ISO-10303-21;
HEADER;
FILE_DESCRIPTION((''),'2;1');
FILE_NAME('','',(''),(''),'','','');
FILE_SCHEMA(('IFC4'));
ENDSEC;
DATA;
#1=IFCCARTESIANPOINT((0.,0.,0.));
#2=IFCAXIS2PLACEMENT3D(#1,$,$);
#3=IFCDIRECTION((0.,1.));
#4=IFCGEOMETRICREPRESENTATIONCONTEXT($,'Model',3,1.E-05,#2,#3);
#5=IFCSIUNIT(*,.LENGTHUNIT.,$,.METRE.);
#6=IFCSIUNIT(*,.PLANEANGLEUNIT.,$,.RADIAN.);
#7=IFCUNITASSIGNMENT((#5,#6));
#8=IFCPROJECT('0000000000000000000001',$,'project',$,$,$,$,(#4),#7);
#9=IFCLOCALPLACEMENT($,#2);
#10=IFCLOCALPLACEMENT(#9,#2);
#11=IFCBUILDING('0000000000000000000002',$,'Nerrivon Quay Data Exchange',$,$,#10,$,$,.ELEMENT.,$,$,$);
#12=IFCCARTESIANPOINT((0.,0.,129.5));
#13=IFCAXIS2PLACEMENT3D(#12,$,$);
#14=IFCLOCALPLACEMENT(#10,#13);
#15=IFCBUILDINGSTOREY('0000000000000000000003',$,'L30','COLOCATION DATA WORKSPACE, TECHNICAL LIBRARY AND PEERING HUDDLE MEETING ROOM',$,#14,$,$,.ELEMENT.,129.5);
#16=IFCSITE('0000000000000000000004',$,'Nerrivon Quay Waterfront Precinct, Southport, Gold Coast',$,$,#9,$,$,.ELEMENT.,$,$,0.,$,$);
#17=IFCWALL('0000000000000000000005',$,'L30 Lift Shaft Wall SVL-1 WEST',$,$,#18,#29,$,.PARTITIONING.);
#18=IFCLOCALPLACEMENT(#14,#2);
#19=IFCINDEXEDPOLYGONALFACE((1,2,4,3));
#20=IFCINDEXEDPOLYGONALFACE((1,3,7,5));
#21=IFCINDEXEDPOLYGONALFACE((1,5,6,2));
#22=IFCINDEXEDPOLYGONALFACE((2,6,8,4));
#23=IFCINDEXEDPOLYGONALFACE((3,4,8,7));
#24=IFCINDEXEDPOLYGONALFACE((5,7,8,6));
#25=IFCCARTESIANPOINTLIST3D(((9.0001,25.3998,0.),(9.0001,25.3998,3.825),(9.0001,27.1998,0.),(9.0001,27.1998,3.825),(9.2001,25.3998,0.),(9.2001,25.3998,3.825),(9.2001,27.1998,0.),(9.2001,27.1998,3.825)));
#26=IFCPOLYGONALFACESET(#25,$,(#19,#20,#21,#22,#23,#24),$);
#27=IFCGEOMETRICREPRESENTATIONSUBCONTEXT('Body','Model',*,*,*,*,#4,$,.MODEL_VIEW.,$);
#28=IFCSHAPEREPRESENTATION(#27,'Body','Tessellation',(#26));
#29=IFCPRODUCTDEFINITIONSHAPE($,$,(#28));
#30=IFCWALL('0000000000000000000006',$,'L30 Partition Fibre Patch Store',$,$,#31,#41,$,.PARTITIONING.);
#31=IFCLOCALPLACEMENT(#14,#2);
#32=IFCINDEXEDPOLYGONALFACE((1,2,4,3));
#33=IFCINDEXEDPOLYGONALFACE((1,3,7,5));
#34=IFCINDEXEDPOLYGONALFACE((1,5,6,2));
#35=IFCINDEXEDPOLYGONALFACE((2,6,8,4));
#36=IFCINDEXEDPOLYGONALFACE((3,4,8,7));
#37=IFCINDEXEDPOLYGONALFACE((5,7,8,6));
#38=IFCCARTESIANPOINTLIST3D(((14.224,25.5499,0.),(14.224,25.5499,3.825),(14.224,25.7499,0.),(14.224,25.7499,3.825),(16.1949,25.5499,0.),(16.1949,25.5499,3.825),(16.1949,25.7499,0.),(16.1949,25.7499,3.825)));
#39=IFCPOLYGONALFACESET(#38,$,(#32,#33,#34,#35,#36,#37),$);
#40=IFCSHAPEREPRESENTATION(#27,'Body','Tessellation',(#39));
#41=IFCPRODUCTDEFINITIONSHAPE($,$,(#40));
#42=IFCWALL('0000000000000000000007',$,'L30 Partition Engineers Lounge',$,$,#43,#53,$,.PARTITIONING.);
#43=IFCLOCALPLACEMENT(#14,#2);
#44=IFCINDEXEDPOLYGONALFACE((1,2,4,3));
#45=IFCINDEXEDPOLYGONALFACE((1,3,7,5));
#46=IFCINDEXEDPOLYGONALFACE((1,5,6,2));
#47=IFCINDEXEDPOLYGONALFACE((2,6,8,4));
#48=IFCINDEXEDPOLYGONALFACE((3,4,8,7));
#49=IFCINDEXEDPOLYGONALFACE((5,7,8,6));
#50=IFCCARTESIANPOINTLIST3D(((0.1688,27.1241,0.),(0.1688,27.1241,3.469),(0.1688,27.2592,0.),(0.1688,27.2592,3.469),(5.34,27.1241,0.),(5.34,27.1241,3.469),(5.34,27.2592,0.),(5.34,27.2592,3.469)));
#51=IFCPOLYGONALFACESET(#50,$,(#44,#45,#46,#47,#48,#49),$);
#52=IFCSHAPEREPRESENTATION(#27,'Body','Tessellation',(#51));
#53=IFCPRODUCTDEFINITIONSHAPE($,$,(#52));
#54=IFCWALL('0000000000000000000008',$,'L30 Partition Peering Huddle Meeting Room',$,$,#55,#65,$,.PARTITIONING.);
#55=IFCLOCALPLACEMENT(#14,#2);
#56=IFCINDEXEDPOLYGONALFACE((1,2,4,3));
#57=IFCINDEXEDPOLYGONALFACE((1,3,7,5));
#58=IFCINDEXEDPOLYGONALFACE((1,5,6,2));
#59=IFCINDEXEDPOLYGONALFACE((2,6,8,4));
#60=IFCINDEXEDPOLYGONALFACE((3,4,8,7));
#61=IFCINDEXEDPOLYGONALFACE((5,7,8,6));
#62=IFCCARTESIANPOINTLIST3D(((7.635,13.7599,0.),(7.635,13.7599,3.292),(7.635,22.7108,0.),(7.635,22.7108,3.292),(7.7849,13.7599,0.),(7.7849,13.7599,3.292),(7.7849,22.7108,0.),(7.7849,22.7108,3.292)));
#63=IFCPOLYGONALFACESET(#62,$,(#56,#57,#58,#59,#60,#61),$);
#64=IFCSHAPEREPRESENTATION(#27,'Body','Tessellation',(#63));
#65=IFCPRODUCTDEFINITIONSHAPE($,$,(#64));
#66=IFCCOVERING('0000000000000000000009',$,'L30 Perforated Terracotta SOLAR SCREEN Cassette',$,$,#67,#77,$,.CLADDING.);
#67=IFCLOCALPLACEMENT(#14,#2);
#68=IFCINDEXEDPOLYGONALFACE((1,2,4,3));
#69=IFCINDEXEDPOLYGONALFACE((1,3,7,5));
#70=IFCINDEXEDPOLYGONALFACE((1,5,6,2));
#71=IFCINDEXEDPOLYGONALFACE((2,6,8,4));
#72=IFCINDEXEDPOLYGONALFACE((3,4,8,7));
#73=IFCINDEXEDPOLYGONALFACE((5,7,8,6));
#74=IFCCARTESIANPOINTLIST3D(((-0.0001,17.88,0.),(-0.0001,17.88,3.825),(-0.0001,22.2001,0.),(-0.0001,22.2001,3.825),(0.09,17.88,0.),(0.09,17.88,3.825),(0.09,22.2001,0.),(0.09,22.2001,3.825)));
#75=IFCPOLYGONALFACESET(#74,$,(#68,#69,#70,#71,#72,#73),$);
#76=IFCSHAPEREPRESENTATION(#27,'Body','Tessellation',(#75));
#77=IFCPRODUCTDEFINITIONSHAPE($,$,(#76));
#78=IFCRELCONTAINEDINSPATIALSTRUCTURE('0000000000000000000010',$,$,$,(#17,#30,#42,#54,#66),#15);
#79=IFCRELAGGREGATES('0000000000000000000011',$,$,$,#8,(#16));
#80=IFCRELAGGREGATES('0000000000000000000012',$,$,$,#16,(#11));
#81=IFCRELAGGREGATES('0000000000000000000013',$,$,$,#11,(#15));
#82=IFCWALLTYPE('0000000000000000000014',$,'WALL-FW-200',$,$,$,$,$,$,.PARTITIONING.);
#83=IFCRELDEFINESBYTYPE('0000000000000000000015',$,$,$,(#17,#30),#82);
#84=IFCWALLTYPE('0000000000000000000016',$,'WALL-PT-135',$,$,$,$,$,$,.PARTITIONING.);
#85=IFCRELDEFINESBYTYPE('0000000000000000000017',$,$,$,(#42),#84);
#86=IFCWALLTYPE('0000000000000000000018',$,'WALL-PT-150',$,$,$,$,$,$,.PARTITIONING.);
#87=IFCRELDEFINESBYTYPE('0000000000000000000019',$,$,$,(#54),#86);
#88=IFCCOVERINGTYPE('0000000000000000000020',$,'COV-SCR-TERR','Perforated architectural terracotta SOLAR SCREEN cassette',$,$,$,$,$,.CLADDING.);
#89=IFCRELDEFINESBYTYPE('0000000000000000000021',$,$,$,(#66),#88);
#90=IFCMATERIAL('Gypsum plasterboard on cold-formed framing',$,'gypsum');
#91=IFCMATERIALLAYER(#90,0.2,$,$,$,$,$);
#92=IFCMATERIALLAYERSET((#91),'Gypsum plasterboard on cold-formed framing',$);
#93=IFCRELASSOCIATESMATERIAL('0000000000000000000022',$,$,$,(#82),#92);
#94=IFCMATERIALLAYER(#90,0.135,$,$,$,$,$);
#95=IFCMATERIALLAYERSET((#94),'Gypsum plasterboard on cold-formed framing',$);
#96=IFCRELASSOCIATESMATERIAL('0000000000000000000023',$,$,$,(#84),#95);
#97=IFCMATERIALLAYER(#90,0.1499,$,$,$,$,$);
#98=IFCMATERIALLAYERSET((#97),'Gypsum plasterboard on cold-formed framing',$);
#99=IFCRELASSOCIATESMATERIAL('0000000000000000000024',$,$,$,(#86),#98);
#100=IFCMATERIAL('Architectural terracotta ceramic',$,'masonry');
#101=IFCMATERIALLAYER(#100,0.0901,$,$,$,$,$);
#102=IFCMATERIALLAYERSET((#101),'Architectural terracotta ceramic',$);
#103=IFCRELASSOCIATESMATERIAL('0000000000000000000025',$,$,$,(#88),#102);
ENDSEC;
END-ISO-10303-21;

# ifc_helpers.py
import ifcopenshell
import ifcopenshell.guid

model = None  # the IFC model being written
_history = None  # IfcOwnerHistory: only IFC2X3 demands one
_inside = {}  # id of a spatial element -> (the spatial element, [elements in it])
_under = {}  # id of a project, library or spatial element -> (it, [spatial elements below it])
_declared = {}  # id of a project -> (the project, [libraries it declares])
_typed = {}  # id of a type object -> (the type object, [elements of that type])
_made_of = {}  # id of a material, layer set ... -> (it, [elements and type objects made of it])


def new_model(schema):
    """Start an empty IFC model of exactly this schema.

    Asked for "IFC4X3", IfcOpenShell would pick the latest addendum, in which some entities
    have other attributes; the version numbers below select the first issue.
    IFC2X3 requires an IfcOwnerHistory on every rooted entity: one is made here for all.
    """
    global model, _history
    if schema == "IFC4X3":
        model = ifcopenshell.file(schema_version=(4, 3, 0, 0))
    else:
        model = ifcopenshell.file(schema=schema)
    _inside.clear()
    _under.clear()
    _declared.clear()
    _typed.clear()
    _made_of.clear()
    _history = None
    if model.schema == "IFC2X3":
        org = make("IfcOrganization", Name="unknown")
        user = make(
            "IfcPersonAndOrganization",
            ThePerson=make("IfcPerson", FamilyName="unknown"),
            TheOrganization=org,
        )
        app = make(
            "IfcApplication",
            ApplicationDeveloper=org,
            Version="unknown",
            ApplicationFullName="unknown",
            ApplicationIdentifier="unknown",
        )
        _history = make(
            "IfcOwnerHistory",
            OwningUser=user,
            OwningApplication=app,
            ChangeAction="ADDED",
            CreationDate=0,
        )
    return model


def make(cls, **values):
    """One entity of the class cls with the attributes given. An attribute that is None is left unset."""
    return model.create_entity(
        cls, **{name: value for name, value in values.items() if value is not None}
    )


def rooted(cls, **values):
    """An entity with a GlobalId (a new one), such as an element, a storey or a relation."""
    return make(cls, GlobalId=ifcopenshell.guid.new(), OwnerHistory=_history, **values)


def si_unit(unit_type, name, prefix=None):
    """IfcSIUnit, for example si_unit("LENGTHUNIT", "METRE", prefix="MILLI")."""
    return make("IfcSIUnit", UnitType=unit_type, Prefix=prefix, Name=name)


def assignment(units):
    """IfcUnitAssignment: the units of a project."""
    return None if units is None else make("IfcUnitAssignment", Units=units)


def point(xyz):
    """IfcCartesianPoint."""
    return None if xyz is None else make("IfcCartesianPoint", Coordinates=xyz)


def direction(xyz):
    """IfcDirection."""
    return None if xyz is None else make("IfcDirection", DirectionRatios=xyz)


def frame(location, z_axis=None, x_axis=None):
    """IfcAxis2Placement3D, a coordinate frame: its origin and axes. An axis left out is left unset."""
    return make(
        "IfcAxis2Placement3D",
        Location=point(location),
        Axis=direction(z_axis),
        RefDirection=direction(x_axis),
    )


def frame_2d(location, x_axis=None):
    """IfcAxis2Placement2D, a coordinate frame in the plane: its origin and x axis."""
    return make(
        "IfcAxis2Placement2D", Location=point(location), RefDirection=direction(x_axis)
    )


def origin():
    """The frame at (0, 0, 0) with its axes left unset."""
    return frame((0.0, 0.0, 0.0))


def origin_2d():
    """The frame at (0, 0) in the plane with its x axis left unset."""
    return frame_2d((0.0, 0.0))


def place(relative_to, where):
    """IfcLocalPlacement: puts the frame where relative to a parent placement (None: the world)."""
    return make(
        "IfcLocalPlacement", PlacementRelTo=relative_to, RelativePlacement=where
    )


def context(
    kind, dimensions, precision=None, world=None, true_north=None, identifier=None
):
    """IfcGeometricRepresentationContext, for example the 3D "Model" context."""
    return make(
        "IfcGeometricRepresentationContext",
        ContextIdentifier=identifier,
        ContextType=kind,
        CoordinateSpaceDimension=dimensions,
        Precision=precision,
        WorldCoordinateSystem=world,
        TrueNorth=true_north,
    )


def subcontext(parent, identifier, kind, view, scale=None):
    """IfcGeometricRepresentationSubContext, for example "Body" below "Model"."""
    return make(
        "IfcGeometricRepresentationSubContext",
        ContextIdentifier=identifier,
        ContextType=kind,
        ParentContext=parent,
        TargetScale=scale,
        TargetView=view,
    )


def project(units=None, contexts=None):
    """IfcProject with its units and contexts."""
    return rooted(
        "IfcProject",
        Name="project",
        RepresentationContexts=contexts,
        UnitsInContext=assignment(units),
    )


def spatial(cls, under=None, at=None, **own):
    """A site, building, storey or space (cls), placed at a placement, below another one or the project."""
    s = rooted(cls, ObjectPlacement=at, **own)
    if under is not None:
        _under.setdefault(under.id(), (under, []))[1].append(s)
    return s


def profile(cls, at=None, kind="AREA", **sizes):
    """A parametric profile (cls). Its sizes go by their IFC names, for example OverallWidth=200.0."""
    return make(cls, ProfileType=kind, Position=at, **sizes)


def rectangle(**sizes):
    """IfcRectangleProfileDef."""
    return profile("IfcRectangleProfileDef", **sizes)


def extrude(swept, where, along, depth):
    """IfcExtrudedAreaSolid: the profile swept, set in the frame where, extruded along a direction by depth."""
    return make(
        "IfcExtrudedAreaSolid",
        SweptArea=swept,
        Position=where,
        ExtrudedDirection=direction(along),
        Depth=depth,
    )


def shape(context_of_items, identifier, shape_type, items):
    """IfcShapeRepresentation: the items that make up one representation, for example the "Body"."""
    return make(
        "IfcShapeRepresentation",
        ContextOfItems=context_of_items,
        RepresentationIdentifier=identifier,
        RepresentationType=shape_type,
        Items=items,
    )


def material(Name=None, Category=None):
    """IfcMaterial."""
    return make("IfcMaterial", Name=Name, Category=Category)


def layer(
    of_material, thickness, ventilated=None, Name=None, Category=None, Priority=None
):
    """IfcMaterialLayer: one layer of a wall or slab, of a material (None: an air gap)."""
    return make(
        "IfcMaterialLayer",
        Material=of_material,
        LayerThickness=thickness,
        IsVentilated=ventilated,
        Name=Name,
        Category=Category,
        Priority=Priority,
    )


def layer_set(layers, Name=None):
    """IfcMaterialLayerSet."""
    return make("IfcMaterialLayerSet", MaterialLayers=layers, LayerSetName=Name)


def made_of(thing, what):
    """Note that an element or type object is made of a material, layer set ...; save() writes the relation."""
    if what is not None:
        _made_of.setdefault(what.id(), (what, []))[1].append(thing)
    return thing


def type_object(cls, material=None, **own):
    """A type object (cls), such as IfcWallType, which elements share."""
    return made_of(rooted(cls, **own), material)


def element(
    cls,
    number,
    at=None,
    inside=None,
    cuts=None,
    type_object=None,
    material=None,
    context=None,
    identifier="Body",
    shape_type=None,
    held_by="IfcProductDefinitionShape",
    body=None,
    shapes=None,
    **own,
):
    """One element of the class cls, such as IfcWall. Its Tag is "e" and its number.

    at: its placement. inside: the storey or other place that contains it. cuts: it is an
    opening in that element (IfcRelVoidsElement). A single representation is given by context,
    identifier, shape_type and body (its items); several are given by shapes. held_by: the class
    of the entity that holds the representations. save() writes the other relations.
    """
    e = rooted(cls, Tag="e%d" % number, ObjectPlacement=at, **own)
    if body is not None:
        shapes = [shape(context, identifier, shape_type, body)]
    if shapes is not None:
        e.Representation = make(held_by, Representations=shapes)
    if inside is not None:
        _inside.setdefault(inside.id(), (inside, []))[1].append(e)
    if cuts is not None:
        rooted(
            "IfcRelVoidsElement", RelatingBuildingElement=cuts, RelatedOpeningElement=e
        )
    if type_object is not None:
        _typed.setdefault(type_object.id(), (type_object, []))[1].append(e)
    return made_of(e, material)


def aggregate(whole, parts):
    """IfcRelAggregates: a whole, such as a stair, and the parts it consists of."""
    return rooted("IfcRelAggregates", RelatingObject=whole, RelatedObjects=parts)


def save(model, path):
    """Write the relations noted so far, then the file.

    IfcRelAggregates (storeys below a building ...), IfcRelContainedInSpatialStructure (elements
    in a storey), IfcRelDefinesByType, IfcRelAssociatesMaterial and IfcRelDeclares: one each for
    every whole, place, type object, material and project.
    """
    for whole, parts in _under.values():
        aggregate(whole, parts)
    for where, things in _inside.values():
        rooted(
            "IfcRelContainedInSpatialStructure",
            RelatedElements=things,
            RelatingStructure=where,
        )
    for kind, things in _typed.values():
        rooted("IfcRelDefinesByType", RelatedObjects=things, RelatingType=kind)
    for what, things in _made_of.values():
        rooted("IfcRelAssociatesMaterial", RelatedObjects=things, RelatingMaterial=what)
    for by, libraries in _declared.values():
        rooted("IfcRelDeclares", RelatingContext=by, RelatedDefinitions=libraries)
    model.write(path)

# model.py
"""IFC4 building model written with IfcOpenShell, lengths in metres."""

from ifc_helpers import new_model, si_unit, direction, frame, frame_2d, origin, origin_2d, place, context, subcontext, project, spatial, rectangle, extrude, material, layer, layer_set, type_object, element, save


model = new_model("IFC4")

# Units and contexts
model_context = context("Model", 3, precision=1e-05, world=origin(), true_north=direction((0.0, 1.0)))
body_context = subcontext(model_context, "Body", "Model", "MODEL_VIEW")
ifc_project = project(units=[si_unit("LENGTHUNIT", "METRE"), si_unit("PLANEANGLEUNIT", "RADIAN")], contexts=[model_context])

# Site, building, storey
site_placement = place(None, origin())
site = spatial("IfcSite", under=ifc_project, at=site_placement, Name="Nerrivon Quay Waterfront Precinct, Southport, Gold Coast", CompositionType="ELEMENT", RefElevation=0.0)
building_placement = place(site_placement, origin())
building = spatial("IfcBuilding", under=site, at=building_placement, Name="Nerrivon Quay Data Exchange", CompositionType="ELEMENT")
storey_placement = place(building_placement, frame((0.0, 0.0, 129.5)))
storey = spatial("IfcBuildingStorey", under=building, at=storey_placement, Name="L30", Description="COLOCATION DATA WORKSPACE, TECHNICAL LIBRARY AND PEERING HUDDLE MEETING ROOM", CompositionType="ELEMENT", Elevation=129.5)

# Shared definitions
ifc_material_1 = material(Name="Gypsum plasterboard on cold-formed framing", Category="gypsum")
ifc_layer_1 = layer(ifc_material_1, 0.2)
ifc_layer_set_1 = layer_set([ifc_layer_1], Name="Gypsum plasterboard on cold-formed framing")
wall_type_1 = type_object("IfcWallType", Name="WALL-FW-200", PredefinedType="PARTITIONING", material=ifc_layer_set_1)

# Walls
wall_1_placement = place(storey_placement, frame((9.1001, 25.3999, 0.0), z_axis=(0.0, 0.0, 1.0), x_axis=(0.0, 1.0, 0.0)))
element("IfcWall", 1, at=wall_1_placement, inside=storey, type_object=wall_type_1, Name="L30 Lift Shaft Wall SVL-1 WEST", PredefinedType="PARTITIONING", context=body_context, shape_type="SweptSolid", body=[
    extrude(rectangle(XDim=1.8, YDim=0.2, at=frame_2d((0.8999, 0.0))), origin(), (0.0, 0.0, 1.0), 3.825),
])
wall_2_placement = place(storey_placement, frame((14.2241, 25.6499, 0.0), z_axis=(0.0, 0.0, 1.0), x_axis=(1.0, 0.0, 0.0)))
element("IfcWall", 2, at=wall_2_placement, inside=storey, type_object=wall_type_1, Name="L30 Partition Fibre Patch Store", PredefinedType="PARTITIONING", context=body_context, shape_type="SweptSolid", body=[
    extrude(rectangle(XDim=1.9709, YDim=0.2, at=frame_2d((0.9854, 0.0))), origin(), (0.0, 0.0, 1.0), 3.825),
])
ifc_layer_2 = layer(ifc_material_1, 0.135)
ifc_layer_set_2 = layer_set([ifc_layer_2], Name="Gypsum plasterboard on cold-formed framing")
wall_type_2 = type_object("IfcWallType", Name="WALL-PT-135", PredefinedType="PARTITIONING", material=ifc_layer_set_2)
wall_3_placement = place(storey_placement, frame((0.1689, 27.1917, 0.0), z_axis=(0.0, 0.0, 1.0), x_axis=(1.0, 0.0, 0.0)))
element("IfcWall", 3, at=wall_3_placement, inside=storey, type_object=wall_type_2, Name="L30 Partition Engineers Lounge", PredefinedType="PARTITIONING", context=body_context, shape_type="SweptSolid", body=[
    extrude(rectangle(XDim=5.1711, YDim=0.135, at=frame_2d((2.5854, 0.0))), origin(), (0.0, 0.0, 1.0), 3.469),
])
ifc_layer_3 = layer(ifc_material_1, 0.1499)
ifc_layer_set_3 = layer_set([ifc_layer_3], Name="Gypsum plasterboard on cold-formed framing")
wall_type_3 = type_object("IfcWallType", Name="WALL-PT-150", PredefinedType="PARTITIONING", material=ifc_layer_set_3)
wall_4_placement = place(storey_placement, frame((7.71, 22.7109, 0.0), z_axis=(0.0, 0.0, 1.0), x_axis=(0.0, -1.0, 0.0)))
element("IfcWall", 4, at=wall_4_placement, inside=storey, type_object=wall_type_3, Name="L30 Partition Peering Huddle Meeting Room", PredefinedType="PARTITIONING", context=body_context, shape_type="SweptSolid", body=[
    extrude(rectangle(XDim=8.9509, YDim=0.1499, at=frame_2d((4.4756, 0.0))), origin(), (0.0, 0.0, 1.0), 3.292),
])

# Covering
ifc_material_2 = material(Name="Architectural terracotta ceramic", Category="masonry")
ifc_layer_4 = layer(ifc_material_2, 0.0901)
ifc_layer_set_4 = layer_set([ifc_layer_4], Name="Architectural terracotta ceramic")
covering_type = type_object("IfcCoveringType", Name="COV-SCR-TERR", Description="Perforated architectural terracotta SOLAR SCREEN cassette", PredefinedType="CLADDING", material=ifc_layer_set_4)
covering_placement = place(storey_placement, frame((0.0449, 20.04, 0.0), z_axis=(0.0, 0.0, 1.0), x_axis=(0.0, 1.0, 0.0)))
element("IfcCovering", 5, at=covering_placement, inside=storey, type_object=covering_type, Name="L30 Perforated Terracotta SOLAR SCREEN Cassette", PredefinedType="CLADDING", context=body_context, shape_type="SweptSolid", body=[
    extrude(rectangle(XDim=4.3201, YDim=0.0901, at=origin_2d()), origin(), (0.0, 0.0, 1.0), 3.825),
])

save(model, "model.ifc")
